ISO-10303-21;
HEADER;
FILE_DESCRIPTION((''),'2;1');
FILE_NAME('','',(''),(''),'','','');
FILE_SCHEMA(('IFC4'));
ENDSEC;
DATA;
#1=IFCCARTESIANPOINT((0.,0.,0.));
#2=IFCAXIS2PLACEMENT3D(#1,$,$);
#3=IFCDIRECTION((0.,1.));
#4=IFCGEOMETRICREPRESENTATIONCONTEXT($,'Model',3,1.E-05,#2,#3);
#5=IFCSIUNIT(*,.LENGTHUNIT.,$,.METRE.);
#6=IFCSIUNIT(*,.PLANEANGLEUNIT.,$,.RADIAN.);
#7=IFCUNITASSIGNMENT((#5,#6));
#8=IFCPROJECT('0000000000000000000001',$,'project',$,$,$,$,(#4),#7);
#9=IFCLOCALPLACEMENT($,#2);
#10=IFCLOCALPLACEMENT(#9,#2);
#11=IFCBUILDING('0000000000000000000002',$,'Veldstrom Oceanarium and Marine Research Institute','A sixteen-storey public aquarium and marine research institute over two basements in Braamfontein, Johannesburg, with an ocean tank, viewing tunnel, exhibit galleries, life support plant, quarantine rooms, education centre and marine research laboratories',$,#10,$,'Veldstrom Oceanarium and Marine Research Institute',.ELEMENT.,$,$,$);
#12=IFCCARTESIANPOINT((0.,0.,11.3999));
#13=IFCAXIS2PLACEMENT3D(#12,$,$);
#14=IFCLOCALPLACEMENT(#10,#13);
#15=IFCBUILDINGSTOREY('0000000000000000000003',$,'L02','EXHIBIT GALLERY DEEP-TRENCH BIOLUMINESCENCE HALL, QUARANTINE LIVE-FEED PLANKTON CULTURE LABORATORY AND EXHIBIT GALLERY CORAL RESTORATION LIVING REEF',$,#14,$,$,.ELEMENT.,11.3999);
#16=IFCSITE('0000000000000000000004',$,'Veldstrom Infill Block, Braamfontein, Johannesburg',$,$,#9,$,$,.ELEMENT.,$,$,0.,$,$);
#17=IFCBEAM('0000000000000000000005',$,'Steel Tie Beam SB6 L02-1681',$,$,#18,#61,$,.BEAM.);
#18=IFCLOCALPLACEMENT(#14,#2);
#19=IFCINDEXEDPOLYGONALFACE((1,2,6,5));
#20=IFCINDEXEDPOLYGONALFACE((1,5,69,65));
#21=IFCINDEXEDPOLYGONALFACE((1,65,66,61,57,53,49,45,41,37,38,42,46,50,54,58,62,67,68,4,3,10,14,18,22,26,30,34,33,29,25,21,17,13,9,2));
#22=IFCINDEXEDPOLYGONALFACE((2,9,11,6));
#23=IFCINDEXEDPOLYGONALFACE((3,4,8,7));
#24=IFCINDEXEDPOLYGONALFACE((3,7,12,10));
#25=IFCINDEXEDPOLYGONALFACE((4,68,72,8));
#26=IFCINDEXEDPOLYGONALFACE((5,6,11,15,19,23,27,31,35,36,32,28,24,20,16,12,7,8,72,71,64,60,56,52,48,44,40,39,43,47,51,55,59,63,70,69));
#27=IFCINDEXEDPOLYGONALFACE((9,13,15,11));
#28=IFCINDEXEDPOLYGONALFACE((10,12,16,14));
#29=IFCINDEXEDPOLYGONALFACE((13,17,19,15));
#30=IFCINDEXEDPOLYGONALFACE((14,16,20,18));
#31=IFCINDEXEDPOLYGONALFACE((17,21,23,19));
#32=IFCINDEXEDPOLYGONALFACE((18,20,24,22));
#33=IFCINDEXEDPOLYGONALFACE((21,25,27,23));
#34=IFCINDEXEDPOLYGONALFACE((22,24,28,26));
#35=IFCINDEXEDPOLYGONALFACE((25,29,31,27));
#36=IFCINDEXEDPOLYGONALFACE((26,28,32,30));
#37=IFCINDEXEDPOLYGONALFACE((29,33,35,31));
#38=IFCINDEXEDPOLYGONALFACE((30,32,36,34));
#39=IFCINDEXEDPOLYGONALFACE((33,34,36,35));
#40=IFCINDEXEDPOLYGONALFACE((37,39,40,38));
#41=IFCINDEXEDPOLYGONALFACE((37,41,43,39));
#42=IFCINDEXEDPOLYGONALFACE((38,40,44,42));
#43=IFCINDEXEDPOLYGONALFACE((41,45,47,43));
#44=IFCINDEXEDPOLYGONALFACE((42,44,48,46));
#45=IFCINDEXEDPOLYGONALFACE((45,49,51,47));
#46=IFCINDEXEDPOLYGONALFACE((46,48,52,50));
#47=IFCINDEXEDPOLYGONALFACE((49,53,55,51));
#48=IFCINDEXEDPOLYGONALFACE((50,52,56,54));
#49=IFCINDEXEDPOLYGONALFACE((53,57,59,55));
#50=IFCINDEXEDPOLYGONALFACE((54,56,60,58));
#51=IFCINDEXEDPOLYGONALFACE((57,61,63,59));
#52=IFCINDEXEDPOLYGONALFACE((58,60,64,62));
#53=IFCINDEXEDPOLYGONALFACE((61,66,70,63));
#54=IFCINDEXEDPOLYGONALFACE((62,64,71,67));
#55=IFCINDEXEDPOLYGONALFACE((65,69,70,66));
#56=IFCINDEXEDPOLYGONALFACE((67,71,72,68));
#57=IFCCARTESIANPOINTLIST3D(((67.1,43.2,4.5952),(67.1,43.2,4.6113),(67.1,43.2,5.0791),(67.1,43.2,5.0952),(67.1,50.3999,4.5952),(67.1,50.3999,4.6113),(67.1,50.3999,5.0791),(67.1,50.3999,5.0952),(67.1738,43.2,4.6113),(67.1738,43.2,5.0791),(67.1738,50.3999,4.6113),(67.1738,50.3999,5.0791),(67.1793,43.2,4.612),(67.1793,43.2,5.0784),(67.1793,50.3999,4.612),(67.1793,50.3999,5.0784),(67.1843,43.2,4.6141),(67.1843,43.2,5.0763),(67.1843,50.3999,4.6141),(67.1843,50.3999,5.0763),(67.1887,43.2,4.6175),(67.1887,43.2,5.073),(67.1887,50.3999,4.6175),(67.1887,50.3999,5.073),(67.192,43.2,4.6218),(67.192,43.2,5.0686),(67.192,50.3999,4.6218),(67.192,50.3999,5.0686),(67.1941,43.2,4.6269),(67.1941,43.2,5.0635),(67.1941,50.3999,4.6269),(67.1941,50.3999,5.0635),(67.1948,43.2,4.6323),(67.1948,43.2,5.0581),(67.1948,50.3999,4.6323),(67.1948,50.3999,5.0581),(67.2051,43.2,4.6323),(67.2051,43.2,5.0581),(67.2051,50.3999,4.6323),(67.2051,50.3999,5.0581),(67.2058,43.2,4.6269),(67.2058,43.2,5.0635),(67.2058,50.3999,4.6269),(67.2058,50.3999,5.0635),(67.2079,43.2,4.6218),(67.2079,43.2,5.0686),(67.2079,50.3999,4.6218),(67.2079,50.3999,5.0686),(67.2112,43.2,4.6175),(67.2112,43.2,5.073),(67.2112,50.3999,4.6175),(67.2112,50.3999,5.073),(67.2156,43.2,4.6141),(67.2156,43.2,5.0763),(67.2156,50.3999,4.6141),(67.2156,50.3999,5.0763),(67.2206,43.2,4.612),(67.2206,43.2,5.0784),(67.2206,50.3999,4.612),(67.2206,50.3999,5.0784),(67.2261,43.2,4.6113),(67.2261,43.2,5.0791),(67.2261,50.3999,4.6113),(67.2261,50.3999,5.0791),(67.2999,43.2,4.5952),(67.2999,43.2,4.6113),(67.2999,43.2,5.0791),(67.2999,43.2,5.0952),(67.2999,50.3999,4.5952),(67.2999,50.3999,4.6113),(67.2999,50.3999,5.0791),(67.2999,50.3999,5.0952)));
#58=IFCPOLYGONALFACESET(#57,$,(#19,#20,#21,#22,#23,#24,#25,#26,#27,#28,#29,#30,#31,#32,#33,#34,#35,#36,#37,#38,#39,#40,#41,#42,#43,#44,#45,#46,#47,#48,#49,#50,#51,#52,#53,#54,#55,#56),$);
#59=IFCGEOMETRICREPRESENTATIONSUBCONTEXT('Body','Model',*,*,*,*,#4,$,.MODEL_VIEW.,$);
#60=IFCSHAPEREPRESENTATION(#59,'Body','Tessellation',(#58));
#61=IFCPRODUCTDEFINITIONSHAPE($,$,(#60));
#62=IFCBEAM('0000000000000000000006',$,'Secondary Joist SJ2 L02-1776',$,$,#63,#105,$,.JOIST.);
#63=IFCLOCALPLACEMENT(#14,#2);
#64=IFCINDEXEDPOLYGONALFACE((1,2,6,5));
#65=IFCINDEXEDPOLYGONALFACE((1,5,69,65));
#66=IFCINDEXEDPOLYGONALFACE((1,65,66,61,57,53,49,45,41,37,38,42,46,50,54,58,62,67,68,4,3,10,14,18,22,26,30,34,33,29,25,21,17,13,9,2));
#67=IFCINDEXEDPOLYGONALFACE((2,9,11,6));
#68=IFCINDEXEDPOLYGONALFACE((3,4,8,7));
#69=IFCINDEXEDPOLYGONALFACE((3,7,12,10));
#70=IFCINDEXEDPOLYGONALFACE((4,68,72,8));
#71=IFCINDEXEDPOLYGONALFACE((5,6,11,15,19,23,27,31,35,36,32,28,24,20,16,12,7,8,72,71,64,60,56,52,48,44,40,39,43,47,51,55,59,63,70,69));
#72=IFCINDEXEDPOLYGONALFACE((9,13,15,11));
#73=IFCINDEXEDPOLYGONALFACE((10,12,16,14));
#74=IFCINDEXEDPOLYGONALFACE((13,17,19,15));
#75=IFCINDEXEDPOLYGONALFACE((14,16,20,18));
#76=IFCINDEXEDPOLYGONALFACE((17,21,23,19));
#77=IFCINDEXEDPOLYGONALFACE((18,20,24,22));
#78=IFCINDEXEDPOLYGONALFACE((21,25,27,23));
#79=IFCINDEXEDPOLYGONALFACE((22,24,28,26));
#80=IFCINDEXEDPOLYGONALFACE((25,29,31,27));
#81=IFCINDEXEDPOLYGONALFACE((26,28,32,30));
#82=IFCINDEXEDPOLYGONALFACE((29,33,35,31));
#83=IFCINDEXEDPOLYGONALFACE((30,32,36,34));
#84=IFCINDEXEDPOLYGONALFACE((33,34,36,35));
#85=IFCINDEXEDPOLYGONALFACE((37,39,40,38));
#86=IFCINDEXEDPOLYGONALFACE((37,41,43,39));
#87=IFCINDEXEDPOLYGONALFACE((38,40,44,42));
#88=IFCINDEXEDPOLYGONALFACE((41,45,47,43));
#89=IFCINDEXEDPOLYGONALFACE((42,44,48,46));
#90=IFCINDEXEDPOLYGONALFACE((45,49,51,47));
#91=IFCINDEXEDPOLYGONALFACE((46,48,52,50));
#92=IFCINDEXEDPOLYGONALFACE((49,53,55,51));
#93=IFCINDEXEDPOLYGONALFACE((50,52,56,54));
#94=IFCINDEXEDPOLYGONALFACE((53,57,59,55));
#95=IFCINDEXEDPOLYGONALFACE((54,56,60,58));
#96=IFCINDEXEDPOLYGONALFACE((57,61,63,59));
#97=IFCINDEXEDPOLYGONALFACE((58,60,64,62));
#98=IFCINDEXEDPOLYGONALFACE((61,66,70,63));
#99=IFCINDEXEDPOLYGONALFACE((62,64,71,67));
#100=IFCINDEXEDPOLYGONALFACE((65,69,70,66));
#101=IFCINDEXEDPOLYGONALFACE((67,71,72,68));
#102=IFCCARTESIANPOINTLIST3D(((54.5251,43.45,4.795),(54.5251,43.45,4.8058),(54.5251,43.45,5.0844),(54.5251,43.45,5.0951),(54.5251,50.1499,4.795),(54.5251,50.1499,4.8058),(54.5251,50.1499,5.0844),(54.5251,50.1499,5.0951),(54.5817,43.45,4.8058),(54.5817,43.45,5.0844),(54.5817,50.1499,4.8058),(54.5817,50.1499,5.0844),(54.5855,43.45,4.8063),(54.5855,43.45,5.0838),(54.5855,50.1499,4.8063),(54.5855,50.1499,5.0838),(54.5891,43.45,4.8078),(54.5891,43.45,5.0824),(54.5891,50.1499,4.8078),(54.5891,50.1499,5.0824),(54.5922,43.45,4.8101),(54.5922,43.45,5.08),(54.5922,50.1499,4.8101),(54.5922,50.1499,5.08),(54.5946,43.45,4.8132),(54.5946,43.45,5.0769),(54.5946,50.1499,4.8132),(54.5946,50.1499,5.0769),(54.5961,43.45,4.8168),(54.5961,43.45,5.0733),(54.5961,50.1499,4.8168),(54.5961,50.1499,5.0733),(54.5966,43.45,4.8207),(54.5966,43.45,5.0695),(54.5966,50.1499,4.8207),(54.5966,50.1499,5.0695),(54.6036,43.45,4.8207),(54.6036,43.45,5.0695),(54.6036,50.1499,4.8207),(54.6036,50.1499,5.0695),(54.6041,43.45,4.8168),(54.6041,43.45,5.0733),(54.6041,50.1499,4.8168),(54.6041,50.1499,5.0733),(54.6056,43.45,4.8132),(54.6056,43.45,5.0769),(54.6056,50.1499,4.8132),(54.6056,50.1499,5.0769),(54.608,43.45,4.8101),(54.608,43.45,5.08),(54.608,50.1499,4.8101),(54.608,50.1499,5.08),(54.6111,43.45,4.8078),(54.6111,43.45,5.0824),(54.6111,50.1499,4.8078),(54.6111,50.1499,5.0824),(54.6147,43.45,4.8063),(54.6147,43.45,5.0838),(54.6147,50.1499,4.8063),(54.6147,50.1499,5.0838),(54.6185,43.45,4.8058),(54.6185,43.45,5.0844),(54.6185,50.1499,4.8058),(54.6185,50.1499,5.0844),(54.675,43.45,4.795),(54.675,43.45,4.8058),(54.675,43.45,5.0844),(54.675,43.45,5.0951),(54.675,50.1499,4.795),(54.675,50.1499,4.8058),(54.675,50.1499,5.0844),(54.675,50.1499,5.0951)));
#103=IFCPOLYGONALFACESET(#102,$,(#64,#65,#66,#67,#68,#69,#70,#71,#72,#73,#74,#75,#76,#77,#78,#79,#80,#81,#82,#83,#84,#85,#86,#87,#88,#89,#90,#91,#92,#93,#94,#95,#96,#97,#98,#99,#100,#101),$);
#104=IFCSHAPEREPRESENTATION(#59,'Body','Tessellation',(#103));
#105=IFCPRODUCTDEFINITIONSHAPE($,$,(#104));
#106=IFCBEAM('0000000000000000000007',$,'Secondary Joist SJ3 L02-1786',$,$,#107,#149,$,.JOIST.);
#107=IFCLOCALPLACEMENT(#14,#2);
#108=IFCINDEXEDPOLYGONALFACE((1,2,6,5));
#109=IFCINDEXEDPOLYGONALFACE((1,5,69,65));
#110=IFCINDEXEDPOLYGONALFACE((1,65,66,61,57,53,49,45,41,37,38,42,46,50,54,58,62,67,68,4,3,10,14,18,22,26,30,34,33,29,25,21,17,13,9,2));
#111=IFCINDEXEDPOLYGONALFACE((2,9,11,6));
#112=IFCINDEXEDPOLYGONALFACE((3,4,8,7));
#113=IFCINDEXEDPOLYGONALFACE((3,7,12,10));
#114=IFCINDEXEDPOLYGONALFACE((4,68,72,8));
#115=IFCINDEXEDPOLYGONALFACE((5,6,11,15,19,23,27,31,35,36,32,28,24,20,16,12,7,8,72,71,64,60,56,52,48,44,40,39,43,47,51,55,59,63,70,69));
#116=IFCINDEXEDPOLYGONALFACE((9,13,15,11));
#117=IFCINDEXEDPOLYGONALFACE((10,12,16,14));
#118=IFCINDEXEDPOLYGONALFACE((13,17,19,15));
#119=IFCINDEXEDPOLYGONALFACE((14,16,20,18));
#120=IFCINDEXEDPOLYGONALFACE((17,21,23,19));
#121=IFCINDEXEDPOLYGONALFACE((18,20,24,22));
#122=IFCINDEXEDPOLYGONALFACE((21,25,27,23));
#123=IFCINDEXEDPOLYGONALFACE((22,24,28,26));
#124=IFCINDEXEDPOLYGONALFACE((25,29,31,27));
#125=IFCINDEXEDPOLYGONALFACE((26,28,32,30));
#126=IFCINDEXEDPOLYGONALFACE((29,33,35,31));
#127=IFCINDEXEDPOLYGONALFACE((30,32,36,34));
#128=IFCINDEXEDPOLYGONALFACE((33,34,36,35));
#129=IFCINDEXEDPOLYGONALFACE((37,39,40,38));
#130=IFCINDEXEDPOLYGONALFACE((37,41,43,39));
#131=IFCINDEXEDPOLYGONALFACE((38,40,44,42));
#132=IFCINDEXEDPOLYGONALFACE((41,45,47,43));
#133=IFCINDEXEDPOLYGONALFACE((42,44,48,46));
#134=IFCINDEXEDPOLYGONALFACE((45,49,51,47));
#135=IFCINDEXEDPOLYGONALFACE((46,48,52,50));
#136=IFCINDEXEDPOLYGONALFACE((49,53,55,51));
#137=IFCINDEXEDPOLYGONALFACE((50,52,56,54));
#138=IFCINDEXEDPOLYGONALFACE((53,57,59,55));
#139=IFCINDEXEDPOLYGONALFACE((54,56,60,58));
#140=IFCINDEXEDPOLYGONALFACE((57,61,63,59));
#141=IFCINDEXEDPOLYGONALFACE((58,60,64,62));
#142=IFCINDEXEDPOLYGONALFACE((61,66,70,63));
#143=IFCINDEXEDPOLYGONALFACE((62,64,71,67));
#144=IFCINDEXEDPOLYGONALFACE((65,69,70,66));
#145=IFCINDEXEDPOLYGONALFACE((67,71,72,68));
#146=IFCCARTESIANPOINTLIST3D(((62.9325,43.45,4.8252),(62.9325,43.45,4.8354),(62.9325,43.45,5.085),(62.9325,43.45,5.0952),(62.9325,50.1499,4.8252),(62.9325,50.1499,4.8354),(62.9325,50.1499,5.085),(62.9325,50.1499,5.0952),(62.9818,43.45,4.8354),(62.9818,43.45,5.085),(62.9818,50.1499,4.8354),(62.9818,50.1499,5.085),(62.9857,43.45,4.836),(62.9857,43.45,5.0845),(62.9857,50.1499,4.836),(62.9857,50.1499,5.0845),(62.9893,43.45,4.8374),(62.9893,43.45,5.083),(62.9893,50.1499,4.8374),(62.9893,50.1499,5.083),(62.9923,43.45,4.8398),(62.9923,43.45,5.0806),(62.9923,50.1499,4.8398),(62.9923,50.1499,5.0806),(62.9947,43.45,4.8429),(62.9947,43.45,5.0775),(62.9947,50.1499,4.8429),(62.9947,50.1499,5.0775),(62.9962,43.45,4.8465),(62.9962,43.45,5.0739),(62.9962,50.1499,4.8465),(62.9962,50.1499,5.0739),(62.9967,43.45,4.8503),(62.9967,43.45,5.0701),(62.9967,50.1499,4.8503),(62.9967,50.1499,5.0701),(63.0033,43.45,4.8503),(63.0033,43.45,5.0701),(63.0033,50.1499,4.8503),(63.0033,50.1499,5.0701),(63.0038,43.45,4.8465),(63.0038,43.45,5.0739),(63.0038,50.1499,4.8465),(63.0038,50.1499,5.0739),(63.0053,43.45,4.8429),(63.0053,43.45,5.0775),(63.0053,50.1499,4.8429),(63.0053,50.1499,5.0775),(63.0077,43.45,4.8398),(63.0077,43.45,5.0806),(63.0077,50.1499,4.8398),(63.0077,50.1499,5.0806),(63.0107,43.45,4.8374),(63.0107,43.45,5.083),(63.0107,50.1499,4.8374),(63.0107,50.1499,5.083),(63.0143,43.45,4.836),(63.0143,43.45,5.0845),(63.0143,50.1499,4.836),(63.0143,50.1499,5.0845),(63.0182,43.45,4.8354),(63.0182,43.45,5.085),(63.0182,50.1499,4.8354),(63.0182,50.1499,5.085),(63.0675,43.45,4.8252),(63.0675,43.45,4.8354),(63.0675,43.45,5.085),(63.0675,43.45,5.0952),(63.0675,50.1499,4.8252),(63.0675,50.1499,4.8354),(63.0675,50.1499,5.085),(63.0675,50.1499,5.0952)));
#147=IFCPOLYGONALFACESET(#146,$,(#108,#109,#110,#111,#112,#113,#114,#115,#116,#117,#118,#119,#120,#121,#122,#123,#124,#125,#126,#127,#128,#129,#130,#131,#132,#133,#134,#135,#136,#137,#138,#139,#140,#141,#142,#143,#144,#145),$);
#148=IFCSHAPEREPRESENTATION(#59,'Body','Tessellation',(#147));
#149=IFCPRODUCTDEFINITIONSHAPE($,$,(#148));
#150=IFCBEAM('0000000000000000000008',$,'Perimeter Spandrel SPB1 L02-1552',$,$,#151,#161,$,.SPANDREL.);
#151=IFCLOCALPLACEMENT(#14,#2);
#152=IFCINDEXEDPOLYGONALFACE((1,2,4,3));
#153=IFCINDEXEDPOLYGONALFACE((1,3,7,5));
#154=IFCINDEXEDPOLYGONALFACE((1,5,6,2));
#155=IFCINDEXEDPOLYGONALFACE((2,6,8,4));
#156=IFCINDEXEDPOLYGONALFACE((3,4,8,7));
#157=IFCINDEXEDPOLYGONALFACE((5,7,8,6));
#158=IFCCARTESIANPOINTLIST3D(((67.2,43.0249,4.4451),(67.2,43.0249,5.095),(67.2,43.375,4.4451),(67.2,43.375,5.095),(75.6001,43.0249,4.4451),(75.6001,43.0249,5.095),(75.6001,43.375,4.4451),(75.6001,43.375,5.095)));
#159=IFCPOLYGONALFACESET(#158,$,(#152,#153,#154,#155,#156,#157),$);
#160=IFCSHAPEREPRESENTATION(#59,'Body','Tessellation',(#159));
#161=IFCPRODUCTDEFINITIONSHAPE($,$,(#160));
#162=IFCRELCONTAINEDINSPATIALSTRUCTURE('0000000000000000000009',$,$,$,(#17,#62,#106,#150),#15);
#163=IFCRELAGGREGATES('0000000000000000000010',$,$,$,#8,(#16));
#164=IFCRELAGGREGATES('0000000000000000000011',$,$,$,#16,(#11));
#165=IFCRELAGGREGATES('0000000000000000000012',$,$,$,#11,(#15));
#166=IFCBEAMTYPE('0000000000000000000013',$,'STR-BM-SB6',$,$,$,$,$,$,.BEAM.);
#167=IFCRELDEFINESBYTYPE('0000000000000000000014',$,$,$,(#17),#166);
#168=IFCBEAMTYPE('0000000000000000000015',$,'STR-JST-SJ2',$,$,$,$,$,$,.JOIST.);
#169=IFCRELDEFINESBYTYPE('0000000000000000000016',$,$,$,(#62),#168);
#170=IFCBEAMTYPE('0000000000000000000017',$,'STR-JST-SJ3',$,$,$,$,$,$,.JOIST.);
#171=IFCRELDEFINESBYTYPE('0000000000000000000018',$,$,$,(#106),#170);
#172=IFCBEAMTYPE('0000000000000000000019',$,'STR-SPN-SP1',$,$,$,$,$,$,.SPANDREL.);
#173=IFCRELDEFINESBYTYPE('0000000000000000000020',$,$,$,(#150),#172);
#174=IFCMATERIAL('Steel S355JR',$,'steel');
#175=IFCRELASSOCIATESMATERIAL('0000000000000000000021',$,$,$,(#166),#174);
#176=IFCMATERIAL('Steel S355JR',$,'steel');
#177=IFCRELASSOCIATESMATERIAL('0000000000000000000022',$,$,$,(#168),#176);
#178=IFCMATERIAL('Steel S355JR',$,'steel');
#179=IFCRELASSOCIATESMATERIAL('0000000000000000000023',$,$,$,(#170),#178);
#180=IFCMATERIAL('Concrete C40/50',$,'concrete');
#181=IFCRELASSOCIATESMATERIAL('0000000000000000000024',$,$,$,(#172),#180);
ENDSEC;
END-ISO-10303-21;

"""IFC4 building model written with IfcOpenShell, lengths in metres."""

from ifc_helpers import new_model, si_unit, direction, frame, origin, origin_2d, place, context, subcontext, project, spatial, rectangle, i_section, extrude, material, material_profile, profile_set, type_object, element, save


model = new_model("IFC4")

# Units and contexts
model_context = context("Model", 3, precision=1e-05, world=origin(), true_north=direction((0.0, 1.0)))
body_context = subcontext(model_context, "Body", "Model", "MODEL_VIEW")
ifc_project = project(units=[si_unit("LENGTHUNIT", "METRE"), si_unit("PLANEANGLEUNIT", "RADIAN")], contexts=[model_context])

# Site, building, storey
site_placement = place(None, origin())
site = spatial("IfcSite", under=ifc_project, at=site_placement, Name="Veldstrom Infill Block, Braamfontein, Johannesburg", CompositionType="ELEMENT", RefElevation=0.0)
building_placement = place(site_placement, origin())
building = spatial("IfcBuilding", under=site, at=building_placement, Name="Veldstrom Oceanarium and Marine Research Institute", Description="A sixteen-storey public aquarium and marine research institute over two basements in Braamfontein, Johannesburg, with an ocean tank, viewing tunnel, exhibit galleries, life support plant, quarantine rooms, education centre and marine research laboratories", LongName="Veldstrom Oceanarium and Marine Research Institute", CompositionType="ELEMENT")
storey_placement = place(building_placement, frame((0.0, 0.0, 11.3999)))
storey = spatial("IfcBuildingStorey", under=building, at=storey_placement, Name="L02", Description="EXHIBIT GALLERY DEEP-TRENCH BIOLUMINESCENCE HALL, QUARANTINE LIVE-FEED PLANKTON CULTURE LABORATORY AND EXHIBIT GALLERY CORAL RESTORATION LIVING REEF", CompositionType="ELEMENT", Elevation=11.3999)

# Beams
ifc_material_1 = material(Name="Steel S355JR", Category="steel")
ifc_material_profile_1 = material_profile(ifc_material_1, i_section(OverallWidth=0.2, OverallDepth=0.5, WebThickness=0.0103, FlangeThickness=0.0161, FilletRadius=0.021, at=origin_2d()), Name="IPE 500")
ifc_profile_set_1 = profile_set([ifc_material_profile_1], Name="Steel S355JR")
beam_type_1 = type_object("IfcBeamType", Name="STR-BM-SB6", PredefinedType="BEAM", material=ifc_profile_set_1)
beam_1_placement = place(storey_placement, frame((67.2, 43.2, 4.8452), z_axis=(0.0, 1.0, 0.0), x_axis=(-1.0, 0.0, 0.0)))
element("IfcBeam", 1, at=beam_1_placement, inside=storey, type_object=beam_type_1, Name="Steel Tie Beam SB6 L02-1681", PredefinedType="BEAM", context=body_context, shape_type="SweptSolid", body=[
    extrude(i_section(OverallWidth=0.2, OverallDepth=0.5, WebThickness=0.0103, FlangeThickness=0.0161, FilletRadius=0.021, at=origin_2d()), origin(), (0.0, 0.0, 1.0), 7.2),
])
ifc_material_2 = material(Name="Steel S355JR", Category="steel")
ifc_material_profile_2 = material_profile(ifc_material_2, i_section(OverallWidth=0.1499, OverallDepth=0.3, WebThickness=0.0071, FlangeThickness=0.0107, FilletRadius=0.0149, at=origin_2d()), Name="IPE 300")
ifc_profile_set_2 = profile_set([ifc_material_profile_2], Name="Steel S355JR")
beam_type_2 = type_object("IfcBeamType", Name="STR-JST-SJ2", PredefinedType="JOIST", material=ifc_profile_set_2)
beam_2_placement = place(storey_placement, frame((54.6001, 43.45, 4.9451), z_axis=(0.0, 1.0, 0.0), x_axis=(-1.0, 0.0, 0.0)))
element("IfcBeam", 2, at=beam_2_placement, inside=storey, type_object=beam_type_2, Name="Secondary Joist SJ2 L02-1776", PredefinedType="JOIST", context=body_context, shape_type="SweptSolid", body=[
    extrude(i_section(OverallWidth=0.1499, OverallDepth=0.3, WebThickness=0.0071, FlangeThickness=0.0107, FilletRadius=0.0149, at=origin_2d()), origin(), (0.0, 0.0, 1.0), 6.7),
])
ifc_material_3 = material(Name="Steel S355JR", Category="steel")
ifc_material_profile_3 = material_profile(ifc_material_3, i_section(OverallWidth=0.135, OverallDepth=0.27, WebThickness=0.0066, FlangeThickness=0.0103, FilletRadius=0.0149, at=origin_2d()), Name="IPE 270")
ifc_profile_set_3 = profile_set([ifc_material_profile_3], Name="Steel S355JR")
beam_type_3 = type_object("IfcBeamType", Name="STR-JST-SJ3", PredefinedType="JOIST", material=ifc_profile_set_3)
beam_3_placement = place(storey_placement, frame((63.0, 43.45, 4.9602), z_axis=(0.0, 1.0, 0.0), x_axis=(-1.0, 0.0, 0.0)))
element("IfcBeam", 3, at=beam_3_placement, inside=storey, type_object=beam_type_3, Name="Secondary Joist SJ3 L02-1786", PredefinedType="JOIST", context=body_context, shape_type="SweptSolid", body=[
    extrude(i_section(OverallWidth=0.135, OverallDepth=0.27, WebThickness=0.0066, FlangeThickness=0.0103, FilletRadius=0.0149, at=origin_2d()), origin(), (0.0, 0.0, 1.0), 6.7),
])
ifc_material_4 = material(Name="Concrete C40/50", Category="concrete")
ifc_material_profile_4 = material_profile(ifc_material_4, rectangle(XDim=0.3501, YDim=0.6499, at=origin_2d()), Name="RC-SPN-350x650")
ifc_profile_set_4 = profile_set([ifc_material_profile_4], Name="Concrete C40/50")
beam_type_4 = type_object("IfcBeamType", Name="STR-SPN-SP1", PredefinedType="SPANDREL", material=ifc_profile_set_4)
beam_4_placement = place(storey_placement, frame((67.2, 43.2, 4.77), z_axis=(1.0, 0.0, 0.0), x_axis=(0.0, 1.0, 0.0)))
element("IfcBeam", 4, at=beam_4_placement, inside=storey, type_object=beam_type_4, Name="Perimeter Spandrel SPB1 L02-1552", PredefinedType="SPANDREL", context=body_context, shape_type="SweptSolid", body=[
    extrude(rectangle(XDim=0.3501, YDim=0.6499, at=origin_2d()), origin(), (0.0, 0.0, 1.0), 8.4001),
])

save(model, "model.ifc")
